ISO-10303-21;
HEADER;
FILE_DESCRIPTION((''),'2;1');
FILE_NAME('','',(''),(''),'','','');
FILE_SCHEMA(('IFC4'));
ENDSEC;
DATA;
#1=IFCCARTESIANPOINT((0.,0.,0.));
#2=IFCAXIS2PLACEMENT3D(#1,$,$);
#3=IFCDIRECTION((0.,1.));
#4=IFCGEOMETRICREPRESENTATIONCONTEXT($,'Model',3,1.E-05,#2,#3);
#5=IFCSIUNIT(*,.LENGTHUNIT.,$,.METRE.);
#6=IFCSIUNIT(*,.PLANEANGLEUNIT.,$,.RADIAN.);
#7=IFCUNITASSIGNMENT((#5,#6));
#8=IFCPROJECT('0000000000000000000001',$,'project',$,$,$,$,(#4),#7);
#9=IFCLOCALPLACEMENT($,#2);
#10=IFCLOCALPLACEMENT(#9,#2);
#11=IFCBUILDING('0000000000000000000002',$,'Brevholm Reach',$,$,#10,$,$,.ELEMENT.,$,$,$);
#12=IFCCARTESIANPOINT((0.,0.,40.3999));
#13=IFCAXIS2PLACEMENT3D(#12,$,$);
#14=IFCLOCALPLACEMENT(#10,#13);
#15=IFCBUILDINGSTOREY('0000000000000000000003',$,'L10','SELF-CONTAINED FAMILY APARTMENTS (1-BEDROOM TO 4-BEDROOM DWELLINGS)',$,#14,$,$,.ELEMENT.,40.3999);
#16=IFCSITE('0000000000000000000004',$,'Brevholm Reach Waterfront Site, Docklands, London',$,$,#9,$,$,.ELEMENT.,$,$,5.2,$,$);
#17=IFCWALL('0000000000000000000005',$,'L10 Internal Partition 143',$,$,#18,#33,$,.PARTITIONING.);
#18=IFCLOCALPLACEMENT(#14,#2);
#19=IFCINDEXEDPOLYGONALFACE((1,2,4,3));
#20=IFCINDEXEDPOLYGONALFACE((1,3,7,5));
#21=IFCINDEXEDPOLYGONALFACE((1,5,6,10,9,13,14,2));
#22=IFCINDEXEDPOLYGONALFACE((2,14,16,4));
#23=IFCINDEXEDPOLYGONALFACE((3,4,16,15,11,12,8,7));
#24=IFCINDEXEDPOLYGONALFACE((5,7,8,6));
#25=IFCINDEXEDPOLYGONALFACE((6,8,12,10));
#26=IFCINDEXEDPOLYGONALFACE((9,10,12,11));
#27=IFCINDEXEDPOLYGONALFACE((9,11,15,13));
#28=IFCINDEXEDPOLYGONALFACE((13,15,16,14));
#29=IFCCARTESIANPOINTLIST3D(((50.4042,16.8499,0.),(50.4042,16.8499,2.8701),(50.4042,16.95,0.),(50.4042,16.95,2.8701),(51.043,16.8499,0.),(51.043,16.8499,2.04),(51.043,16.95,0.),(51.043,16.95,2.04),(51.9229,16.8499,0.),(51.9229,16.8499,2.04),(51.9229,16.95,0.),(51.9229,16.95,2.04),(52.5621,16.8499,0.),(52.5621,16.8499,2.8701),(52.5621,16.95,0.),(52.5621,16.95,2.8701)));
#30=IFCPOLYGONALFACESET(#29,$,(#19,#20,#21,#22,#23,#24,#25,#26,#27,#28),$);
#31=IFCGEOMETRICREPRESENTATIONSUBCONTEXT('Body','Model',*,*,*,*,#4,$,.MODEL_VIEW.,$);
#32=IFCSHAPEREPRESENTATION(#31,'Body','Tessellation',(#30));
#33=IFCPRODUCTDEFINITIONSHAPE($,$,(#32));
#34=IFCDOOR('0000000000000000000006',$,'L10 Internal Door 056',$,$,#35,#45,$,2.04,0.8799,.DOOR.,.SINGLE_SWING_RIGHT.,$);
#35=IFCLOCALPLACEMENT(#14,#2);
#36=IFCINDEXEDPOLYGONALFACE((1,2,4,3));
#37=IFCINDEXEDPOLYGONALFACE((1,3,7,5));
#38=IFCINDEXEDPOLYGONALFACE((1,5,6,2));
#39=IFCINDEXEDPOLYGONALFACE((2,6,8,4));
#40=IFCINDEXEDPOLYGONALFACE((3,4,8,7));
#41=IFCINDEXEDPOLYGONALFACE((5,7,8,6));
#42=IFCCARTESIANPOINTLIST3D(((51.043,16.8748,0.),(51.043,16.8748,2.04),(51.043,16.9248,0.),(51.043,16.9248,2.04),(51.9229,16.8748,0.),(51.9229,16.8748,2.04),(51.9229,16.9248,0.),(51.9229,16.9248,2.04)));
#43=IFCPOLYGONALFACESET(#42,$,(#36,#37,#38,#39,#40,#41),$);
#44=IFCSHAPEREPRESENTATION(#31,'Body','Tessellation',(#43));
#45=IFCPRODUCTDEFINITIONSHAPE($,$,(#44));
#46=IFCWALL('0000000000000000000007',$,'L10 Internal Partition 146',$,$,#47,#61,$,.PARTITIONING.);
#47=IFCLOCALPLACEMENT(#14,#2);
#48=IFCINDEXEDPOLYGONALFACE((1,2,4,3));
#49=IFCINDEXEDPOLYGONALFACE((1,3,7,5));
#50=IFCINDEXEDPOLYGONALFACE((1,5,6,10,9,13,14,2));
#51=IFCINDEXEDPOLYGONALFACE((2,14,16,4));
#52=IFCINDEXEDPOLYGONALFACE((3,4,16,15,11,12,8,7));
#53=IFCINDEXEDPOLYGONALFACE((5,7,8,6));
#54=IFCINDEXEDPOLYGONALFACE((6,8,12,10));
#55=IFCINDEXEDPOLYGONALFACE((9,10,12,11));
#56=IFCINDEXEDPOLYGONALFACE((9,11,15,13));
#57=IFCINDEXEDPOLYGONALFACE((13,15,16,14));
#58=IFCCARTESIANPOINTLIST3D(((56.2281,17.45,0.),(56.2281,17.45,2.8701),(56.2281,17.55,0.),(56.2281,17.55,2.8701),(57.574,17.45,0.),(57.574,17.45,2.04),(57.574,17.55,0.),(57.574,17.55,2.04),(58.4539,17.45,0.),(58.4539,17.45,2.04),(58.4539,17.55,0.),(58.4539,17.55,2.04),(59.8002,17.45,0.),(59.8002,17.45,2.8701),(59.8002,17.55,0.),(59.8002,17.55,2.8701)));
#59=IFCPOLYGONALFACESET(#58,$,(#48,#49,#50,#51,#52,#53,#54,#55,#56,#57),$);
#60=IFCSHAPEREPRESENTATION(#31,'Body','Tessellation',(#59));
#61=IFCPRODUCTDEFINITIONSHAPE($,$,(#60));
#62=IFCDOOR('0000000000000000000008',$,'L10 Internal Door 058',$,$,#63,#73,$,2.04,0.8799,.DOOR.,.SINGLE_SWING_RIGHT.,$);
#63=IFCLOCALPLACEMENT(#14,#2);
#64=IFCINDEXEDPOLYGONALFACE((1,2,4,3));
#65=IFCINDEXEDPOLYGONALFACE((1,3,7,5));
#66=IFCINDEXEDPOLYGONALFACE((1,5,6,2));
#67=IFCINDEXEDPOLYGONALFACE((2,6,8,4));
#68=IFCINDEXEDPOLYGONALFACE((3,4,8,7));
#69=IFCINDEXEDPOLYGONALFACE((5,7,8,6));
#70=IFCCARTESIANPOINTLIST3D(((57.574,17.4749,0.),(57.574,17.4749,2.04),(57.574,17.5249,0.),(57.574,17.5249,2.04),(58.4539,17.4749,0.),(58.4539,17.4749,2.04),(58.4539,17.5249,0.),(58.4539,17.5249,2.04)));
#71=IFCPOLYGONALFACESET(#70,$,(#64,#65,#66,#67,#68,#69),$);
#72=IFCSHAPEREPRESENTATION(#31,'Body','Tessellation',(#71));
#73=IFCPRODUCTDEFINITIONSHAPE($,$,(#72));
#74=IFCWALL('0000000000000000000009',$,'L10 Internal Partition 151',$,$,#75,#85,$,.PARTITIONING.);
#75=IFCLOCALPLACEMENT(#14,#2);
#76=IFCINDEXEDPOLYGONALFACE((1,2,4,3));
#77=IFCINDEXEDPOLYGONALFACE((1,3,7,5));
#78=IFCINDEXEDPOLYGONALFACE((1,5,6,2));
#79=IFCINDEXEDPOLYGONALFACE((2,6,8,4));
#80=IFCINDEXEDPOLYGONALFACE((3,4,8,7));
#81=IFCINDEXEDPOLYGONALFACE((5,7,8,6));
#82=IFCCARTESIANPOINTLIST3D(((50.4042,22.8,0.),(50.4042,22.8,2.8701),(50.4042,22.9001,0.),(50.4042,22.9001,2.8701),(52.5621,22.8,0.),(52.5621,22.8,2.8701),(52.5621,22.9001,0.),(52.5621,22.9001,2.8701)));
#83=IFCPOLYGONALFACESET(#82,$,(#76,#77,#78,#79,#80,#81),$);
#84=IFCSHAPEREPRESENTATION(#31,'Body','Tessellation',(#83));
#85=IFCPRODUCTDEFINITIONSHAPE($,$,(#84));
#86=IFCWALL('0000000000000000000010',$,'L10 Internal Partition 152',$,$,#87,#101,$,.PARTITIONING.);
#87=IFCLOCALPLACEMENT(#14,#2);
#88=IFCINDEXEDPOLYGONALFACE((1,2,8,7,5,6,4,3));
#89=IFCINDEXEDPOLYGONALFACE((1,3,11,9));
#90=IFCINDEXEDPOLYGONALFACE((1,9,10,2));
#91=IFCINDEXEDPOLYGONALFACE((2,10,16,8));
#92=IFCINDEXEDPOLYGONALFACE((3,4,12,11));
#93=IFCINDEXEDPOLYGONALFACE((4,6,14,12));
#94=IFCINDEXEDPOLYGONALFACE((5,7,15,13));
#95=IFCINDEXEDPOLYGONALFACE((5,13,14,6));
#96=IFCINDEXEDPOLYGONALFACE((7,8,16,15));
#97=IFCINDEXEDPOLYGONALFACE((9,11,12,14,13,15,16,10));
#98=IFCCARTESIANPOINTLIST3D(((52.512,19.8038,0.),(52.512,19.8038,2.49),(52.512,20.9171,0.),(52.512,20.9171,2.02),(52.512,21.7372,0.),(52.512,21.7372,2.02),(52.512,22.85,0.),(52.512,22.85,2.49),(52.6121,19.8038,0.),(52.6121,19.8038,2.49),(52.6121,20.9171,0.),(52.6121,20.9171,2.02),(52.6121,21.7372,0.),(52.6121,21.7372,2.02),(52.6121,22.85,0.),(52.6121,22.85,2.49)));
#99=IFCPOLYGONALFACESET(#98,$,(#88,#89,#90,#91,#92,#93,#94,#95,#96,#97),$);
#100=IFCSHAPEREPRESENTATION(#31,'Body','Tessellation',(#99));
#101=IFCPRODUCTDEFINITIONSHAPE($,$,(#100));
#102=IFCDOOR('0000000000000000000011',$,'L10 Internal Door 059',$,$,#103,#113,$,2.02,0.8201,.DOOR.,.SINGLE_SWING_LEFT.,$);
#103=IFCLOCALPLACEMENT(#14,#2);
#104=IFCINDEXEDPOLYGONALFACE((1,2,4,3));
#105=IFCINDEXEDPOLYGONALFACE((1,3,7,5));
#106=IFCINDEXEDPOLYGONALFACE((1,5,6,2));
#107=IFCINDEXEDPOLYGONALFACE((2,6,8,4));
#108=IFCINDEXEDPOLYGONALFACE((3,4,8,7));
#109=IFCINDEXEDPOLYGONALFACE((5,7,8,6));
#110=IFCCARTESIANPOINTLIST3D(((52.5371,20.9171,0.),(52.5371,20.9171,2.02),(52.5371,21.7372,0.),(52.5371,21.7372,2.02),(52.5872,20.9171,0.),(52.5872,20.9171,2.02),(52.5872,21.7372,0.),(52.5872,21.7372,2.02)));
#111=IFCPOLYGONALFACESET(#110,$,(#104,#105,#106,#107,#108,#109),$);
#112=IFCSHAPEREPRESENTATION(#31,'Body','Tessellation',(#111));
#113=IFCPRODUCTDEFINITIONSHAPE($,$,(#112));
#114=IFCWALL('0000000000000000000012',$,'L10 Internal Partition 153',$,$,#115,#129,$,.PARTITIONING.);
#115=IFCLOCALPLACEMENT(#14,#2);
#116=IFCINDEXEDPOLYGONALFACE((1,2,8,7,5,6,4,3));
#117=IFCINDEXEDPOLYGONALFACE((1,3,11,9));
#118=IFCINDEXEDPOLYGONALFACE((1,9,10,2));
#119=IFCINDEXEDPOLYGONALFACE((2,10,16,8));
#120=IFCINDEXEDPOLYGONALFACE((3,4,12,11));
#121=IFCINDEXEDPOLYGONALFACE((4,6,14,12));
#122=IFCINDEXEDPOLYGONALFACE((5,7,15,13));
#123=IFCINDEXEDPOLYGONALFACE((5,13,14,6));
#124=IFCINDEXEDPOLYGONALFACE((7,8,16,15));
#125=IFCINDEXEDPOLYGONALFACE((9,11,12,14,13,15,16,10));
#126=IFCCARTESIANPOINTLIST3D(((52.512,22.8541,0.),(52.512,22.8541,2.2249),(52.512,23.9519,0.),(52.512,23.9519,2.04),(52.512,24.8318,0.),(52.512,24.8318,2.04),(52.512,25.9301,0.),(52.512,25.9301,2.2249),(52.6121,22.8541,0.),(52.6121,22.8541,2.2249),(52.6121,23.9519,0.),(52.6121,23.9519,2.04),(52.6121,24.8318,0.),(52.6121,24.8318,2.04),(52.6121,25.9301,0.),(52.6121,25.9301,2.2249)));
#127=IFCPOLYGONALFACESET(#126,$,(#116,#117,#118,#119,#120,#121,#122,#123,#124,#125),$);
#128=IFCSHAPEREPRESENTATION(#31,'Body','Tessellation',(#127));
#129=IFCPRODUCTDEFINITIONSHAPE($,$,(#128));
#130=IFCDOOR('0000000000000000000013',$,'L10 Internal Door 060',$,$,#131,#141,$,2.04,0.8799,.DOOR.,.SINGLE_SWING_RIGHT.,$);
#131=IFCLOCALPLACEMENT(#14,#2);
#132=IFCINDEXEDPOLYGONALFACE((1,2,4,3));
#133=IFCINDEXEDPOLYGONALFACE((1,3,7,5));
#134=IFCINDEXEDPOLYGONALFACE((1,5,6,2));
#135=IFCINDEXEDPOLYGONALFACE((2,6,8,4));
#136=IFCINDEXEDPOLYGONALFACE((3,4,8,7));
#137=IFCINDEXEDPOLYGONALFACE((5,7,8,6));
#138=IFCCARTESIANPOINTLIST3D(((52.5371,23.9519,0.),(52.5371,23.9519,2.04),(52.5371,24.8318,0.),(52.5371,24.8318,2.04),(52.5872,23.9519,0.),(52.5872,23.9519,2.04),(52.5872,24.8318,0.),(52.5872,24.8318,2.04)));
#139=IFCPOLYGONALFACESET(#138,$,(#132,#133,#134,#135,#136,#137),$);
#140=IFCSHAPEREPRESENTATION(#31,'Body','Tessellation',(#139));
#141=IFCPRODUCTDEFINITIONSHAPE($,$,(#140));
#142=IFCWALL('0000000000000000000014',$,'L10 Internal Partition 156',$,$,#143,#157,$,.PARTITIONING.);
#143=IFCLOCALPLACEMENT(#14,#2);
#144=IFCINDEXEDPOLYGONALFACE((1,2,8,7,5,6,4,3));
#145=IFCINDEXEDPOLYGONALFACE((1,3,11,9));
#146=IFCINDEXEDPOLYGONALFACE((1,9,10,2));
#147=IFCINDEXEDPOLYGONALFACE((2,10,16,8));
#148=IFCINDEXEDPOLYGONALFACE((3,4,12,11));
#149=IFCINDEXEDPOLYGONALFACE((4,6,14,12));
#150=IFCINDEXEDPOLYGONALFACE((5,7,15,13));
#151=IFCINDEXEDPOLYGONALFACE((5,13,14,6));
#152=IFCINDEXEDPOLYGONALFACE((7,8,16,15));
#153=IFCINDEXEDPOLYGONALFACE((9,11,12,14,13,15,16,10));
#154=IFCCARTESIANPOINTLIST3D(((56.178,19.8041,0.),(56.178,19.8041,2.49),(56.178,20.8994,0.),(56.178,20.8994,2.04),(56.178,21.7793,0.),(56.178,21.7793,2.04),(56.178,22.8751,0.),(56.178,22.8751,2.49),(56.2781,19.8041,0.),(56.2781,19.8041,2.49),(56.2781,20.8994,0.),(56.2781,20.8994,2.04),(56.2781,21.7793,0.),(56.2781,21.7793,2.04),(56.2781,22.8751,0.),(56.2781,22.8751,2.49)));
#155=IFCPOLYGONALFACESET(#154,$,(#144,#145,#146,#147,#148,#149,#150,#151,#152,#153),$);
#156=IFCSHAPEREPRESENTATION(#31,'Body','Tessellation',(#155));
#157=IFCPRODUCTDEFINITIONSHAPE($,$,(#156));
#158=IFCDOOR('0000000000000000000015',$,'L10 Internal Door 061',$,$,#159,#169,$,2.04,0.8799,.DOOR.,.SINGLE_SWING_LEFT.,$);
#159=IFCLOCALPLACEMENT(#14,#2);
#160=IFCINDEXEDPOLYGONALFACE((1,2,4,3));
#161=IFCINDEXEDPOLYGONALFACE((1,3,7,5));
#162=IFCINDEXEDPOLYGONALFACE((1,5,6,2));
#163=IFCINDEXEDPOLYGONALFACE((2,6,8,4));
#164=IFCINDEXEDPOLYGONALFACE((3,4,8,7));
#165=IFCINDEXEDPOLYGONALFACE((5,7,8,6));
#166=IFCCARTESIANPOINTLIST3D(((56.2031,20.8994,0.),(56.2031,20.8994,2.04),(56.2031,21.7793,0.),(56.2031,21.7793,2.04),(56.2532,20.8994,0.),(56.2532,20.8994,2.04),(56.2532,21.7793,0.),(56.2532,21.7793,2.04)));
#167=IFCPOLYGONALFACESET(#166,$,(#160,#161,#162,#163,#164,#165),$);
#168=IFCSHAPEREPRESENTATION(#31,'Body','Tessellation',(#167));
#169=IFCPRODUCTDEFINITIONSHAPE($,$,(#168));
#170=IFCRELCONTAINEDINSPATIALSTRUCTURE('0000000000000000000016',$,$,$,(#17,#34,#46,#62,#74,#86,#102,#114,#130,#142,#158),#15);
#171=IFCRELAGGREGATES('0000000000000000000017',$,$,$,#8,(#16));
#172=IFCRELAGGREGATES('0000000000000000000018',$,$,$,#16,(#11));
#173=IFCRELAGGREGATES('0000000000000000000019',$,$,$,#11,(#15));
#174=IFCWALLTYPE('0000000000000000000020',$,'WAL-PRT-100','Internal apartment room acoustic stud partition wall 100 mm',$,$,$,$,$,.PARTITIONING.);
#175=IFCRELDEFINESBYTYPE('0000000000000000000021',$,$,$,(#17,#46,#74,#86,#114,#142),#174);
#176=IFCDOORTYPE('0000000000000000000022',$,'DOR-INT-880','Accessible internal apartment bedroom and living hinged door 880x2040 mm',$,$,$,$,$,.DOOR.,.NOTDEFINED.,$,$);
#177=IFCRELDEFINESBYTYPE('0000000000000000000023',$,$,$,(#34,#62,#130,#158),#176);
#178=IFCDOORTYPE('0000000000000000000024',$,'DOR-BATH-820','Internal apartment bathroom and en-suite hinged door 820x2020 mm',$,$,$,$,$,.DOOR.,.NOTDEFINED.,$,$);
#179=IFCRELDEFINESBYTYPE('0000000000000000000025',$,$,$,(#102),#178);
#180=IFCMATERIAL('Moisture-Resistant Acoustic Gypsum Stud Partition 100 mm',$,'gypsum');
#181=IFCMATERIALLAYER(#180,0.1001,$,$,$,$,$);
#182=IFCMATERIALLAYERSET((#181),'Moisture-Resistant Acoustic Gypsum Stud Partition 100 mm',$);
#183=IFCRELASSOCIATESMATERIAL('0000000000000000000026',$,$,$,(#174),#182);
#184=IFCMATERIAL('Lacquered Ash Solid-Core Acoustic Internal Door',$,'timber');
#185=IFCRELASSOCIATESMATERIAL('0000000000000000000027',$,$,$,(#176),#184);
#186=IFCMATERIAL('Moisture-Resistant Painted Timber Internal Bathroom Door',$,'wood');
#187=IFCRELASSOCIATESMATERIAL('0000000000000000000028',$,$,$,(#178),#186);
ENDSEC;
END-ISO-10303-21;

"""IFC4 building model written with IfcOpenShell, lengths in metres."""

from ifc_helpers import new_model, si_unit, direction, frame, frame_2d, origin, place, context, subcontext, project, spatial, rectangle, extrude, material, layer, layer_set, type_object, element, fill, save


model = new_model("IFC4")

# Units and contexts
model_context = context("Model", 3, precision=1e-05, world=origin(), true_north=direction((0.0, 1.0)))
body_context = subcontext(model_context, "Body", "Model", "MODEL_VIEW")
ifc_project = project(units=[si_unit("LENGTHUNIT", "METRE"), si_unit("PLANEANGLEUNIT", "RADIAN")], contexts=[model_context])

# Site, building, storey
site_placement = place(None, origin())
site = spatial("IfcSite", under=ifc_project, at=site_placement, Name="Brevholm Reach Waterfront Site, Docklands, London", CompositionType="ELEMENT", RefElevation=5.2)
building_placement = place(site_placement, origin())
building = spatial("IfcBuilding", under=site, at=building_placement, Name="Brevholm Reach", CompositionType="ELEMENT")
storey_placement = place(building_placement, frame((0.0, 0.0, 40.3999)))
storey = spatial("IfcBuildingStorey", under=building, at=storey_placement, Name="L10", Description="SELF-CONTAINED FAMILY APARTMENTS (1-BEDROOM TO 4-BEDROOM DWELLINGS)", CompositionType="ELEMENT", Elevation=40.3999)

# Walls, openings, doors
ifc_material_1 = material(Name="Moisture-Resistant Acoustic Gypsum Stud Partition 100 mm", Category="gypsum")
ifc_layer_1 = layer(ifc_material_1, 0.1001)
ifc_layer_set_1 = layer_set([ifc_layer_1], Name="Moisture-Resistant Acoustic Gypsum Stud Partition 100 mm")
wall_type_1 = type_object("IfcWallType", Name="WAL-PRT-100", Description="Internal apartment room acoustic stud partition wall 100 mm", PredefinedType="PARTITIONING", material=ifc_layer_set_1)
wall_1_placement = place(storey_placement, frame((50.4041, 16.8999, 0.0), z_axis=(0.0, 0.0, 1.0), x_axis=(1.0, 0.0, 0.0)))
wall_1 = element("IfcWall", 1, at=wall_1_placement, inside=storey, type_object=wall_type_1, Name="L10 Internal Partition 143", PredefinedType="PARTITIONING", context=body_context, shape_type="SweptSolid", body=[
    extrude(rectangle(XDim=2.158, YDim=0.1001, at=frame_2d((1.0791, 0.0))), origin(), (0.0, 0.0, 1.0), 2.8701),
])
opening_1_placement = place(wall_1_placement, frame((0.6389, 0.0, 0.0)))
opening_1 = element("IfcOpeningElement", 2, at=opening_1_placement, cuts=wall_1, PredefinedType="OPENING", context=body_context, shape_type="SweptSolid", body=[
    extrude(rectangle(XDim=0.8799, YDim=2.04, at=frame_2d((0.4399, 1.02))), frame((0.0, 0.0601, 0.0), z_axis=(0.0, -1.0, 0.0), x_axis=(1.0, 0.0, 0.0)), (0.0, 0.0, 1.0), 0.1201),
])
ifc_material_2 = material(Name="Lacquered Ash Solid-Core Acoustic Internal Door", Category="timber")
door_type_1 = type_object("IfcDoorType", Name="DOR-INT-880", Description="Accessible internal apartment bedroom and living hinged door 880x2040 mm", OperationType="NOTDEFINED", PredefinedType="DOOR", material=ifc_material_2)
door_1_placement = place(opening_1_placement, origin())
door_1 = element("IfcDoor", 3, at=door_1_placement, inside=storey, type_object=door_type_1, Name="L10 Internal Door 056", OperationType="SINGLE_SWING_RIGHT", OverallHeight=2.04, OverallWidth=0.8799, PredefinedType="DOOR", context=body_context, shape_type="SweptSolid", body=[
    extrude(rectangle(XDim=0.8799, YDim=2.04, at=frame_2d((0.4399, 1.02))), frame((0.0, 0.0249, 0.0), z_axis=(0.0, -1.0, 0.0), x_axis=(1.0, 0.0, 0.0)), (0.0, 0.0, 1.0), 0.05),
])
fill(opening_1, door_1)
wall_2_placement = place(storey_placement, frame((56.228, 17.5, 0.0), z_axis=(0.0, 0.0, 1.0), x_axis=(1.0, 0.0, 0.0)))
wall_2 = element("IfcWall", 4, at=wall_2_placement, inside=storey, type_object=wall_type_1, Name="L10 Internal Partition 146", PredefinedType="PARTITIONING", context=body_context, shape_type="SweptSolid", body=[
    extrude(rectangle(XDim=3.572, YDim=0.1001, at=frame_2d((1.7861, 0.0))), origin(), (0.0, 0.0, 1.0), 2.8701),
])
opening_2_placement = place(wall_2_placement, frame((1.3459, 0.0, 0.0)))
opening_2 = element("IfcOpeningElement", 5, at=opening_2_placement, cuts=wall_2, PredefinedType="OPENING", context=body_context, shape_type="SweptSolid", body=[
    extrude(rectangle(XDim=0.8799, YDim=2.04, at=frame_2d((0.4399, 1.02))), frame((0.0, 0.0601, 0.0), z_axis=(0.0, -1.0, 0.0), x_axis=(1.0, 0.0, 0.0)), (0.0, 0.0, 1.0), 0.1201),
])
door_2_placement = place(opening_2_placement, origin())
door_2 = element("IfcDoor", 6, at=door_2_placement, inside=storey, type_object=door_type_1, Name="L10 Internal Door 058", OperationType="SINGLE_SWING_RIGHT", OverallHeight=2.04, OverallWidth=0.8799, PredefinedType="DOOR", context=body_context, shape_type="SweptSolid", body=[
    extrude(rectangle(XDim=0.8799, YDim=2.04, at=frame_2d((0.4399, 1.02))), frame((0.0, 0.0249, 0.0), z_axis=(0.0, -1.0, 0.0), x_axis=(1.0, 0.0, 0.0)), (0.0, 0.0, 1.0), 0.05),
])
fill(opening_2, door_2)

# Wall
wall_3_placement = place(storey_placement, frame((50.4041, 22.8501, 0.0), z_axis=(0.0, 0.0, 1.0), x_axis=(1.0, 0.0, 0.0)))
element("IfcWall", 7, at=wall_3_placement, inside=storey, type_object=wall_type_1, Name="L10 Internal Partition 151", PredefinedType="PARTITIONING", context=body_context, shape_type="SweptSolid", body=[
    extrude(rectangle(XDim=2.158, YDim=0.1001, at=frame_2d((1.0791, 0.0))), origin(), (0.0, 0.0, 1.0), 2.8701),
])

# Walls, openings, doors
wall_4_placement = place(storey_placement, frame((52.562, 19.804, 0.0), z_axis=(0.0, 0.0, 1.0), x_axis=(0.0, 1.0, 0.0)))
wall_4 = element("IfcWall", 8, at=wall_4_placement, inside=storey, type_object=wall_type_1, Name="L10 Internal Partition 152", PredefinedType="PARTITIONING", context=body_context, shape_type="SweptSolid", body=[
    extrude(rectangle(XDim=3.0461, YDim=0.1001, at=frame_2d((1.5229, 0.0))), origin(), (0.0, 0.0, 1.0), 2.49),
])
opening_3_placement = place(wall_4_placement, frame((1.113, 0.0, 0.0)))
opening_3 = element("IfcOpeningElement", 9, at=opening_3_placement, cuts=wall_4, PredefinedType="OPENING", context=body_context, shape_type="SweptSolid", body=[
    extrude(rectangle(XDim=0.8201, YDim=2.02, at=frame_2d((0.4102, 1.01))), frame((0.0, 0.0601, 0.0), z_axis=(0.0, -1.0, 0.0), x_axis=(1.0, 0.0, 0.0)), (0.0, 0.0, 1.0), 0.1201),
])
ifc_material_3 = material(Name="Moisture-Resistant Painted Timber Internal Bathroom Door", Category="wood")
door_type_2 = type_object("IfcDoorType", Name="DOR-BATH-820", Description="Internal apartment bathroom and en-suite hinged door 820x2020 mm", OperationType="NOTDEFINED", PredefinedType="DOOR", material=ifc_material_3)
door_3_placement = place(opening_3_placement, origin())
door_3 = element("IfcDoor", 10, at=door_3_placement, inside=storey, type_object=door_type_2, Name="L10 Internal Door 059", OperationType="SINGLE_SWING_LEFT", OverallHeight=2.02, OverallWidth=0.8201, PredefinedType="DOOR", context=body_context, shape_type="SweptSolid", body=[
    extrude(rectangle(XDim=0.8201, YDim=2.02, at=frame_2d((0.4102, 1.01))), frame((0.0, 0.0249, 0.0), z_axis=(0.0, -1.0, 0.0), x_axis=(1.0, 0.0, 0.0)), (0.0, 0.0, 1.0), 0.05),
])
fill(opening_3, door_3)
wall_5_placement = place(storey_placement, frame((52.562, 22.854, 0.0), z_axis=(0.0, 0.0, 1.0), x_axis=(0.0, 1.0, 0.0)))
wall_5 = element("IfcWall", 11, at=wall_5_placement, inside=storey, type_object=wall_type_1, Name="L10 Internal Partition 153", PredefinedType="PARTITIONING", context=body_context, shape_type="SweptSolid", body=[
    extrude(rectangle(XDim=3.0759, YDim=0.1001, at=frame_2d((1.5381, 0.0))), origin(), (0.0, 0.0, 1.0), 2.2249),
])
opening_4_placement = place(wall_5_placement, frame((1.0979, 0.0, 0.0)))
opening_4 = element("IfcOpeningElement", 12, at=opening_4_placement, cuts=wall_5, PredefinedType="OPENING", context=body_context, shape_type="SweptSolid", body=[
    extrude(rectangle(XDim=0.8799, YDim=2.04, at=frame_2d((0.4399, 1.02))), frame((0.0, 0.0601, 0.0), z_axis=(0.0, -1.0, 0.0), x_axis=(1.0, 0.0, 0.0)), (0.0, 0.0, 1.0), 0.1201),
])
door_4_placement = place(opening_4_placement, origin())
door_4 = element("IfcDoor", 13, at=door_4_placement, inside=storey, type_object=door_type_1, Name="L10 Internal Door 060", OperationType="SINGLE_SWING_RIGHT", OverallHeight=2.04, OverallWidth=0.8799, PredefinedType="DOOR", context=body_context, shape_type="SweptSolid", body=[
    extrude(rectangle(XDim=0.8799, YDim=2.04, at=frame_2d((0.4399, 1.02))), frame((0.0, 0.0249, 0.0), z_axis=(0.0, -1.0, 0.0), x_axis=(1.0, 0.0, 0.0)), (0.0, 0.0, 1.0), 0.05),
])
fill(opening_4, door_4)
wall_6_placement = place(storey_placement, frame((56.228, 19.804, 0.0), z_axis=(0.0, 0.0, 1.0), x_axis=(0.0, 1.0, 0.0)))
wall_6 = element("IfcWall", 14, at=wall_6_placement, inside=storey, type_object=wall_type_1, Name="L10 Internal Partition 156", PredefinedType="PARTITIONING", context=body_context, shape_type="SweptSolid", body=[
    extrude(rectangle(XDim=3.071, YDim=0.1001, at=frame_2d((1.5356, 0.0))), origin(), (0.0, 0.0, 1.0), 2.49),
])
opening_5_placement = place(wall_6_placement, frame((1.0955, 0.0, 0.0)))
opening_5 = element("IfcOpeningElement", 15, at=opening_5_placement, cuts=wall_6, PredefinedType="OPENING", context=body_context, shape_type="SweptSolid", body=[
    extrude(rectangle(XDim=0.8799, YDim=2.04, at=frame_2d((0.4399, 1.02))), frame((0.0, 0.0601, 0.0), z_axis=(0.0, -1.0, 0.0), x_axis=(1.0, 0.0, 0.0)), (0.0, 0.0, 1.0), 0.1201),
])
door_5_placement = place(opening_5_placement, origin())
door_5 = element("IfcDoor", 16, at=door_5_placement, inside=storey, type_object=door_type_1, Name="L10 Internal Door 061", OperationType="SINGLE_SWING_LEFT", OverallHeight=2.04, OverallWidth=0.8799, PredefinedType="DOOR", context=body_context, shape_type="SweptSolid", body=[
    extrude(rectangle(XDim=0.8799, YDim=2.04, at=frame_2d((0.4399, 1.02))), frame((0.0, 0.0249, 0.0), z_axis=(0.0, -1.0, 0.0), x_axis=(1.0, 0.0, 0.0)), (0.0, 0.0, 1.0), 0.05),
])
fill(opening_5, door_5)

save(model, "model.ifc")
